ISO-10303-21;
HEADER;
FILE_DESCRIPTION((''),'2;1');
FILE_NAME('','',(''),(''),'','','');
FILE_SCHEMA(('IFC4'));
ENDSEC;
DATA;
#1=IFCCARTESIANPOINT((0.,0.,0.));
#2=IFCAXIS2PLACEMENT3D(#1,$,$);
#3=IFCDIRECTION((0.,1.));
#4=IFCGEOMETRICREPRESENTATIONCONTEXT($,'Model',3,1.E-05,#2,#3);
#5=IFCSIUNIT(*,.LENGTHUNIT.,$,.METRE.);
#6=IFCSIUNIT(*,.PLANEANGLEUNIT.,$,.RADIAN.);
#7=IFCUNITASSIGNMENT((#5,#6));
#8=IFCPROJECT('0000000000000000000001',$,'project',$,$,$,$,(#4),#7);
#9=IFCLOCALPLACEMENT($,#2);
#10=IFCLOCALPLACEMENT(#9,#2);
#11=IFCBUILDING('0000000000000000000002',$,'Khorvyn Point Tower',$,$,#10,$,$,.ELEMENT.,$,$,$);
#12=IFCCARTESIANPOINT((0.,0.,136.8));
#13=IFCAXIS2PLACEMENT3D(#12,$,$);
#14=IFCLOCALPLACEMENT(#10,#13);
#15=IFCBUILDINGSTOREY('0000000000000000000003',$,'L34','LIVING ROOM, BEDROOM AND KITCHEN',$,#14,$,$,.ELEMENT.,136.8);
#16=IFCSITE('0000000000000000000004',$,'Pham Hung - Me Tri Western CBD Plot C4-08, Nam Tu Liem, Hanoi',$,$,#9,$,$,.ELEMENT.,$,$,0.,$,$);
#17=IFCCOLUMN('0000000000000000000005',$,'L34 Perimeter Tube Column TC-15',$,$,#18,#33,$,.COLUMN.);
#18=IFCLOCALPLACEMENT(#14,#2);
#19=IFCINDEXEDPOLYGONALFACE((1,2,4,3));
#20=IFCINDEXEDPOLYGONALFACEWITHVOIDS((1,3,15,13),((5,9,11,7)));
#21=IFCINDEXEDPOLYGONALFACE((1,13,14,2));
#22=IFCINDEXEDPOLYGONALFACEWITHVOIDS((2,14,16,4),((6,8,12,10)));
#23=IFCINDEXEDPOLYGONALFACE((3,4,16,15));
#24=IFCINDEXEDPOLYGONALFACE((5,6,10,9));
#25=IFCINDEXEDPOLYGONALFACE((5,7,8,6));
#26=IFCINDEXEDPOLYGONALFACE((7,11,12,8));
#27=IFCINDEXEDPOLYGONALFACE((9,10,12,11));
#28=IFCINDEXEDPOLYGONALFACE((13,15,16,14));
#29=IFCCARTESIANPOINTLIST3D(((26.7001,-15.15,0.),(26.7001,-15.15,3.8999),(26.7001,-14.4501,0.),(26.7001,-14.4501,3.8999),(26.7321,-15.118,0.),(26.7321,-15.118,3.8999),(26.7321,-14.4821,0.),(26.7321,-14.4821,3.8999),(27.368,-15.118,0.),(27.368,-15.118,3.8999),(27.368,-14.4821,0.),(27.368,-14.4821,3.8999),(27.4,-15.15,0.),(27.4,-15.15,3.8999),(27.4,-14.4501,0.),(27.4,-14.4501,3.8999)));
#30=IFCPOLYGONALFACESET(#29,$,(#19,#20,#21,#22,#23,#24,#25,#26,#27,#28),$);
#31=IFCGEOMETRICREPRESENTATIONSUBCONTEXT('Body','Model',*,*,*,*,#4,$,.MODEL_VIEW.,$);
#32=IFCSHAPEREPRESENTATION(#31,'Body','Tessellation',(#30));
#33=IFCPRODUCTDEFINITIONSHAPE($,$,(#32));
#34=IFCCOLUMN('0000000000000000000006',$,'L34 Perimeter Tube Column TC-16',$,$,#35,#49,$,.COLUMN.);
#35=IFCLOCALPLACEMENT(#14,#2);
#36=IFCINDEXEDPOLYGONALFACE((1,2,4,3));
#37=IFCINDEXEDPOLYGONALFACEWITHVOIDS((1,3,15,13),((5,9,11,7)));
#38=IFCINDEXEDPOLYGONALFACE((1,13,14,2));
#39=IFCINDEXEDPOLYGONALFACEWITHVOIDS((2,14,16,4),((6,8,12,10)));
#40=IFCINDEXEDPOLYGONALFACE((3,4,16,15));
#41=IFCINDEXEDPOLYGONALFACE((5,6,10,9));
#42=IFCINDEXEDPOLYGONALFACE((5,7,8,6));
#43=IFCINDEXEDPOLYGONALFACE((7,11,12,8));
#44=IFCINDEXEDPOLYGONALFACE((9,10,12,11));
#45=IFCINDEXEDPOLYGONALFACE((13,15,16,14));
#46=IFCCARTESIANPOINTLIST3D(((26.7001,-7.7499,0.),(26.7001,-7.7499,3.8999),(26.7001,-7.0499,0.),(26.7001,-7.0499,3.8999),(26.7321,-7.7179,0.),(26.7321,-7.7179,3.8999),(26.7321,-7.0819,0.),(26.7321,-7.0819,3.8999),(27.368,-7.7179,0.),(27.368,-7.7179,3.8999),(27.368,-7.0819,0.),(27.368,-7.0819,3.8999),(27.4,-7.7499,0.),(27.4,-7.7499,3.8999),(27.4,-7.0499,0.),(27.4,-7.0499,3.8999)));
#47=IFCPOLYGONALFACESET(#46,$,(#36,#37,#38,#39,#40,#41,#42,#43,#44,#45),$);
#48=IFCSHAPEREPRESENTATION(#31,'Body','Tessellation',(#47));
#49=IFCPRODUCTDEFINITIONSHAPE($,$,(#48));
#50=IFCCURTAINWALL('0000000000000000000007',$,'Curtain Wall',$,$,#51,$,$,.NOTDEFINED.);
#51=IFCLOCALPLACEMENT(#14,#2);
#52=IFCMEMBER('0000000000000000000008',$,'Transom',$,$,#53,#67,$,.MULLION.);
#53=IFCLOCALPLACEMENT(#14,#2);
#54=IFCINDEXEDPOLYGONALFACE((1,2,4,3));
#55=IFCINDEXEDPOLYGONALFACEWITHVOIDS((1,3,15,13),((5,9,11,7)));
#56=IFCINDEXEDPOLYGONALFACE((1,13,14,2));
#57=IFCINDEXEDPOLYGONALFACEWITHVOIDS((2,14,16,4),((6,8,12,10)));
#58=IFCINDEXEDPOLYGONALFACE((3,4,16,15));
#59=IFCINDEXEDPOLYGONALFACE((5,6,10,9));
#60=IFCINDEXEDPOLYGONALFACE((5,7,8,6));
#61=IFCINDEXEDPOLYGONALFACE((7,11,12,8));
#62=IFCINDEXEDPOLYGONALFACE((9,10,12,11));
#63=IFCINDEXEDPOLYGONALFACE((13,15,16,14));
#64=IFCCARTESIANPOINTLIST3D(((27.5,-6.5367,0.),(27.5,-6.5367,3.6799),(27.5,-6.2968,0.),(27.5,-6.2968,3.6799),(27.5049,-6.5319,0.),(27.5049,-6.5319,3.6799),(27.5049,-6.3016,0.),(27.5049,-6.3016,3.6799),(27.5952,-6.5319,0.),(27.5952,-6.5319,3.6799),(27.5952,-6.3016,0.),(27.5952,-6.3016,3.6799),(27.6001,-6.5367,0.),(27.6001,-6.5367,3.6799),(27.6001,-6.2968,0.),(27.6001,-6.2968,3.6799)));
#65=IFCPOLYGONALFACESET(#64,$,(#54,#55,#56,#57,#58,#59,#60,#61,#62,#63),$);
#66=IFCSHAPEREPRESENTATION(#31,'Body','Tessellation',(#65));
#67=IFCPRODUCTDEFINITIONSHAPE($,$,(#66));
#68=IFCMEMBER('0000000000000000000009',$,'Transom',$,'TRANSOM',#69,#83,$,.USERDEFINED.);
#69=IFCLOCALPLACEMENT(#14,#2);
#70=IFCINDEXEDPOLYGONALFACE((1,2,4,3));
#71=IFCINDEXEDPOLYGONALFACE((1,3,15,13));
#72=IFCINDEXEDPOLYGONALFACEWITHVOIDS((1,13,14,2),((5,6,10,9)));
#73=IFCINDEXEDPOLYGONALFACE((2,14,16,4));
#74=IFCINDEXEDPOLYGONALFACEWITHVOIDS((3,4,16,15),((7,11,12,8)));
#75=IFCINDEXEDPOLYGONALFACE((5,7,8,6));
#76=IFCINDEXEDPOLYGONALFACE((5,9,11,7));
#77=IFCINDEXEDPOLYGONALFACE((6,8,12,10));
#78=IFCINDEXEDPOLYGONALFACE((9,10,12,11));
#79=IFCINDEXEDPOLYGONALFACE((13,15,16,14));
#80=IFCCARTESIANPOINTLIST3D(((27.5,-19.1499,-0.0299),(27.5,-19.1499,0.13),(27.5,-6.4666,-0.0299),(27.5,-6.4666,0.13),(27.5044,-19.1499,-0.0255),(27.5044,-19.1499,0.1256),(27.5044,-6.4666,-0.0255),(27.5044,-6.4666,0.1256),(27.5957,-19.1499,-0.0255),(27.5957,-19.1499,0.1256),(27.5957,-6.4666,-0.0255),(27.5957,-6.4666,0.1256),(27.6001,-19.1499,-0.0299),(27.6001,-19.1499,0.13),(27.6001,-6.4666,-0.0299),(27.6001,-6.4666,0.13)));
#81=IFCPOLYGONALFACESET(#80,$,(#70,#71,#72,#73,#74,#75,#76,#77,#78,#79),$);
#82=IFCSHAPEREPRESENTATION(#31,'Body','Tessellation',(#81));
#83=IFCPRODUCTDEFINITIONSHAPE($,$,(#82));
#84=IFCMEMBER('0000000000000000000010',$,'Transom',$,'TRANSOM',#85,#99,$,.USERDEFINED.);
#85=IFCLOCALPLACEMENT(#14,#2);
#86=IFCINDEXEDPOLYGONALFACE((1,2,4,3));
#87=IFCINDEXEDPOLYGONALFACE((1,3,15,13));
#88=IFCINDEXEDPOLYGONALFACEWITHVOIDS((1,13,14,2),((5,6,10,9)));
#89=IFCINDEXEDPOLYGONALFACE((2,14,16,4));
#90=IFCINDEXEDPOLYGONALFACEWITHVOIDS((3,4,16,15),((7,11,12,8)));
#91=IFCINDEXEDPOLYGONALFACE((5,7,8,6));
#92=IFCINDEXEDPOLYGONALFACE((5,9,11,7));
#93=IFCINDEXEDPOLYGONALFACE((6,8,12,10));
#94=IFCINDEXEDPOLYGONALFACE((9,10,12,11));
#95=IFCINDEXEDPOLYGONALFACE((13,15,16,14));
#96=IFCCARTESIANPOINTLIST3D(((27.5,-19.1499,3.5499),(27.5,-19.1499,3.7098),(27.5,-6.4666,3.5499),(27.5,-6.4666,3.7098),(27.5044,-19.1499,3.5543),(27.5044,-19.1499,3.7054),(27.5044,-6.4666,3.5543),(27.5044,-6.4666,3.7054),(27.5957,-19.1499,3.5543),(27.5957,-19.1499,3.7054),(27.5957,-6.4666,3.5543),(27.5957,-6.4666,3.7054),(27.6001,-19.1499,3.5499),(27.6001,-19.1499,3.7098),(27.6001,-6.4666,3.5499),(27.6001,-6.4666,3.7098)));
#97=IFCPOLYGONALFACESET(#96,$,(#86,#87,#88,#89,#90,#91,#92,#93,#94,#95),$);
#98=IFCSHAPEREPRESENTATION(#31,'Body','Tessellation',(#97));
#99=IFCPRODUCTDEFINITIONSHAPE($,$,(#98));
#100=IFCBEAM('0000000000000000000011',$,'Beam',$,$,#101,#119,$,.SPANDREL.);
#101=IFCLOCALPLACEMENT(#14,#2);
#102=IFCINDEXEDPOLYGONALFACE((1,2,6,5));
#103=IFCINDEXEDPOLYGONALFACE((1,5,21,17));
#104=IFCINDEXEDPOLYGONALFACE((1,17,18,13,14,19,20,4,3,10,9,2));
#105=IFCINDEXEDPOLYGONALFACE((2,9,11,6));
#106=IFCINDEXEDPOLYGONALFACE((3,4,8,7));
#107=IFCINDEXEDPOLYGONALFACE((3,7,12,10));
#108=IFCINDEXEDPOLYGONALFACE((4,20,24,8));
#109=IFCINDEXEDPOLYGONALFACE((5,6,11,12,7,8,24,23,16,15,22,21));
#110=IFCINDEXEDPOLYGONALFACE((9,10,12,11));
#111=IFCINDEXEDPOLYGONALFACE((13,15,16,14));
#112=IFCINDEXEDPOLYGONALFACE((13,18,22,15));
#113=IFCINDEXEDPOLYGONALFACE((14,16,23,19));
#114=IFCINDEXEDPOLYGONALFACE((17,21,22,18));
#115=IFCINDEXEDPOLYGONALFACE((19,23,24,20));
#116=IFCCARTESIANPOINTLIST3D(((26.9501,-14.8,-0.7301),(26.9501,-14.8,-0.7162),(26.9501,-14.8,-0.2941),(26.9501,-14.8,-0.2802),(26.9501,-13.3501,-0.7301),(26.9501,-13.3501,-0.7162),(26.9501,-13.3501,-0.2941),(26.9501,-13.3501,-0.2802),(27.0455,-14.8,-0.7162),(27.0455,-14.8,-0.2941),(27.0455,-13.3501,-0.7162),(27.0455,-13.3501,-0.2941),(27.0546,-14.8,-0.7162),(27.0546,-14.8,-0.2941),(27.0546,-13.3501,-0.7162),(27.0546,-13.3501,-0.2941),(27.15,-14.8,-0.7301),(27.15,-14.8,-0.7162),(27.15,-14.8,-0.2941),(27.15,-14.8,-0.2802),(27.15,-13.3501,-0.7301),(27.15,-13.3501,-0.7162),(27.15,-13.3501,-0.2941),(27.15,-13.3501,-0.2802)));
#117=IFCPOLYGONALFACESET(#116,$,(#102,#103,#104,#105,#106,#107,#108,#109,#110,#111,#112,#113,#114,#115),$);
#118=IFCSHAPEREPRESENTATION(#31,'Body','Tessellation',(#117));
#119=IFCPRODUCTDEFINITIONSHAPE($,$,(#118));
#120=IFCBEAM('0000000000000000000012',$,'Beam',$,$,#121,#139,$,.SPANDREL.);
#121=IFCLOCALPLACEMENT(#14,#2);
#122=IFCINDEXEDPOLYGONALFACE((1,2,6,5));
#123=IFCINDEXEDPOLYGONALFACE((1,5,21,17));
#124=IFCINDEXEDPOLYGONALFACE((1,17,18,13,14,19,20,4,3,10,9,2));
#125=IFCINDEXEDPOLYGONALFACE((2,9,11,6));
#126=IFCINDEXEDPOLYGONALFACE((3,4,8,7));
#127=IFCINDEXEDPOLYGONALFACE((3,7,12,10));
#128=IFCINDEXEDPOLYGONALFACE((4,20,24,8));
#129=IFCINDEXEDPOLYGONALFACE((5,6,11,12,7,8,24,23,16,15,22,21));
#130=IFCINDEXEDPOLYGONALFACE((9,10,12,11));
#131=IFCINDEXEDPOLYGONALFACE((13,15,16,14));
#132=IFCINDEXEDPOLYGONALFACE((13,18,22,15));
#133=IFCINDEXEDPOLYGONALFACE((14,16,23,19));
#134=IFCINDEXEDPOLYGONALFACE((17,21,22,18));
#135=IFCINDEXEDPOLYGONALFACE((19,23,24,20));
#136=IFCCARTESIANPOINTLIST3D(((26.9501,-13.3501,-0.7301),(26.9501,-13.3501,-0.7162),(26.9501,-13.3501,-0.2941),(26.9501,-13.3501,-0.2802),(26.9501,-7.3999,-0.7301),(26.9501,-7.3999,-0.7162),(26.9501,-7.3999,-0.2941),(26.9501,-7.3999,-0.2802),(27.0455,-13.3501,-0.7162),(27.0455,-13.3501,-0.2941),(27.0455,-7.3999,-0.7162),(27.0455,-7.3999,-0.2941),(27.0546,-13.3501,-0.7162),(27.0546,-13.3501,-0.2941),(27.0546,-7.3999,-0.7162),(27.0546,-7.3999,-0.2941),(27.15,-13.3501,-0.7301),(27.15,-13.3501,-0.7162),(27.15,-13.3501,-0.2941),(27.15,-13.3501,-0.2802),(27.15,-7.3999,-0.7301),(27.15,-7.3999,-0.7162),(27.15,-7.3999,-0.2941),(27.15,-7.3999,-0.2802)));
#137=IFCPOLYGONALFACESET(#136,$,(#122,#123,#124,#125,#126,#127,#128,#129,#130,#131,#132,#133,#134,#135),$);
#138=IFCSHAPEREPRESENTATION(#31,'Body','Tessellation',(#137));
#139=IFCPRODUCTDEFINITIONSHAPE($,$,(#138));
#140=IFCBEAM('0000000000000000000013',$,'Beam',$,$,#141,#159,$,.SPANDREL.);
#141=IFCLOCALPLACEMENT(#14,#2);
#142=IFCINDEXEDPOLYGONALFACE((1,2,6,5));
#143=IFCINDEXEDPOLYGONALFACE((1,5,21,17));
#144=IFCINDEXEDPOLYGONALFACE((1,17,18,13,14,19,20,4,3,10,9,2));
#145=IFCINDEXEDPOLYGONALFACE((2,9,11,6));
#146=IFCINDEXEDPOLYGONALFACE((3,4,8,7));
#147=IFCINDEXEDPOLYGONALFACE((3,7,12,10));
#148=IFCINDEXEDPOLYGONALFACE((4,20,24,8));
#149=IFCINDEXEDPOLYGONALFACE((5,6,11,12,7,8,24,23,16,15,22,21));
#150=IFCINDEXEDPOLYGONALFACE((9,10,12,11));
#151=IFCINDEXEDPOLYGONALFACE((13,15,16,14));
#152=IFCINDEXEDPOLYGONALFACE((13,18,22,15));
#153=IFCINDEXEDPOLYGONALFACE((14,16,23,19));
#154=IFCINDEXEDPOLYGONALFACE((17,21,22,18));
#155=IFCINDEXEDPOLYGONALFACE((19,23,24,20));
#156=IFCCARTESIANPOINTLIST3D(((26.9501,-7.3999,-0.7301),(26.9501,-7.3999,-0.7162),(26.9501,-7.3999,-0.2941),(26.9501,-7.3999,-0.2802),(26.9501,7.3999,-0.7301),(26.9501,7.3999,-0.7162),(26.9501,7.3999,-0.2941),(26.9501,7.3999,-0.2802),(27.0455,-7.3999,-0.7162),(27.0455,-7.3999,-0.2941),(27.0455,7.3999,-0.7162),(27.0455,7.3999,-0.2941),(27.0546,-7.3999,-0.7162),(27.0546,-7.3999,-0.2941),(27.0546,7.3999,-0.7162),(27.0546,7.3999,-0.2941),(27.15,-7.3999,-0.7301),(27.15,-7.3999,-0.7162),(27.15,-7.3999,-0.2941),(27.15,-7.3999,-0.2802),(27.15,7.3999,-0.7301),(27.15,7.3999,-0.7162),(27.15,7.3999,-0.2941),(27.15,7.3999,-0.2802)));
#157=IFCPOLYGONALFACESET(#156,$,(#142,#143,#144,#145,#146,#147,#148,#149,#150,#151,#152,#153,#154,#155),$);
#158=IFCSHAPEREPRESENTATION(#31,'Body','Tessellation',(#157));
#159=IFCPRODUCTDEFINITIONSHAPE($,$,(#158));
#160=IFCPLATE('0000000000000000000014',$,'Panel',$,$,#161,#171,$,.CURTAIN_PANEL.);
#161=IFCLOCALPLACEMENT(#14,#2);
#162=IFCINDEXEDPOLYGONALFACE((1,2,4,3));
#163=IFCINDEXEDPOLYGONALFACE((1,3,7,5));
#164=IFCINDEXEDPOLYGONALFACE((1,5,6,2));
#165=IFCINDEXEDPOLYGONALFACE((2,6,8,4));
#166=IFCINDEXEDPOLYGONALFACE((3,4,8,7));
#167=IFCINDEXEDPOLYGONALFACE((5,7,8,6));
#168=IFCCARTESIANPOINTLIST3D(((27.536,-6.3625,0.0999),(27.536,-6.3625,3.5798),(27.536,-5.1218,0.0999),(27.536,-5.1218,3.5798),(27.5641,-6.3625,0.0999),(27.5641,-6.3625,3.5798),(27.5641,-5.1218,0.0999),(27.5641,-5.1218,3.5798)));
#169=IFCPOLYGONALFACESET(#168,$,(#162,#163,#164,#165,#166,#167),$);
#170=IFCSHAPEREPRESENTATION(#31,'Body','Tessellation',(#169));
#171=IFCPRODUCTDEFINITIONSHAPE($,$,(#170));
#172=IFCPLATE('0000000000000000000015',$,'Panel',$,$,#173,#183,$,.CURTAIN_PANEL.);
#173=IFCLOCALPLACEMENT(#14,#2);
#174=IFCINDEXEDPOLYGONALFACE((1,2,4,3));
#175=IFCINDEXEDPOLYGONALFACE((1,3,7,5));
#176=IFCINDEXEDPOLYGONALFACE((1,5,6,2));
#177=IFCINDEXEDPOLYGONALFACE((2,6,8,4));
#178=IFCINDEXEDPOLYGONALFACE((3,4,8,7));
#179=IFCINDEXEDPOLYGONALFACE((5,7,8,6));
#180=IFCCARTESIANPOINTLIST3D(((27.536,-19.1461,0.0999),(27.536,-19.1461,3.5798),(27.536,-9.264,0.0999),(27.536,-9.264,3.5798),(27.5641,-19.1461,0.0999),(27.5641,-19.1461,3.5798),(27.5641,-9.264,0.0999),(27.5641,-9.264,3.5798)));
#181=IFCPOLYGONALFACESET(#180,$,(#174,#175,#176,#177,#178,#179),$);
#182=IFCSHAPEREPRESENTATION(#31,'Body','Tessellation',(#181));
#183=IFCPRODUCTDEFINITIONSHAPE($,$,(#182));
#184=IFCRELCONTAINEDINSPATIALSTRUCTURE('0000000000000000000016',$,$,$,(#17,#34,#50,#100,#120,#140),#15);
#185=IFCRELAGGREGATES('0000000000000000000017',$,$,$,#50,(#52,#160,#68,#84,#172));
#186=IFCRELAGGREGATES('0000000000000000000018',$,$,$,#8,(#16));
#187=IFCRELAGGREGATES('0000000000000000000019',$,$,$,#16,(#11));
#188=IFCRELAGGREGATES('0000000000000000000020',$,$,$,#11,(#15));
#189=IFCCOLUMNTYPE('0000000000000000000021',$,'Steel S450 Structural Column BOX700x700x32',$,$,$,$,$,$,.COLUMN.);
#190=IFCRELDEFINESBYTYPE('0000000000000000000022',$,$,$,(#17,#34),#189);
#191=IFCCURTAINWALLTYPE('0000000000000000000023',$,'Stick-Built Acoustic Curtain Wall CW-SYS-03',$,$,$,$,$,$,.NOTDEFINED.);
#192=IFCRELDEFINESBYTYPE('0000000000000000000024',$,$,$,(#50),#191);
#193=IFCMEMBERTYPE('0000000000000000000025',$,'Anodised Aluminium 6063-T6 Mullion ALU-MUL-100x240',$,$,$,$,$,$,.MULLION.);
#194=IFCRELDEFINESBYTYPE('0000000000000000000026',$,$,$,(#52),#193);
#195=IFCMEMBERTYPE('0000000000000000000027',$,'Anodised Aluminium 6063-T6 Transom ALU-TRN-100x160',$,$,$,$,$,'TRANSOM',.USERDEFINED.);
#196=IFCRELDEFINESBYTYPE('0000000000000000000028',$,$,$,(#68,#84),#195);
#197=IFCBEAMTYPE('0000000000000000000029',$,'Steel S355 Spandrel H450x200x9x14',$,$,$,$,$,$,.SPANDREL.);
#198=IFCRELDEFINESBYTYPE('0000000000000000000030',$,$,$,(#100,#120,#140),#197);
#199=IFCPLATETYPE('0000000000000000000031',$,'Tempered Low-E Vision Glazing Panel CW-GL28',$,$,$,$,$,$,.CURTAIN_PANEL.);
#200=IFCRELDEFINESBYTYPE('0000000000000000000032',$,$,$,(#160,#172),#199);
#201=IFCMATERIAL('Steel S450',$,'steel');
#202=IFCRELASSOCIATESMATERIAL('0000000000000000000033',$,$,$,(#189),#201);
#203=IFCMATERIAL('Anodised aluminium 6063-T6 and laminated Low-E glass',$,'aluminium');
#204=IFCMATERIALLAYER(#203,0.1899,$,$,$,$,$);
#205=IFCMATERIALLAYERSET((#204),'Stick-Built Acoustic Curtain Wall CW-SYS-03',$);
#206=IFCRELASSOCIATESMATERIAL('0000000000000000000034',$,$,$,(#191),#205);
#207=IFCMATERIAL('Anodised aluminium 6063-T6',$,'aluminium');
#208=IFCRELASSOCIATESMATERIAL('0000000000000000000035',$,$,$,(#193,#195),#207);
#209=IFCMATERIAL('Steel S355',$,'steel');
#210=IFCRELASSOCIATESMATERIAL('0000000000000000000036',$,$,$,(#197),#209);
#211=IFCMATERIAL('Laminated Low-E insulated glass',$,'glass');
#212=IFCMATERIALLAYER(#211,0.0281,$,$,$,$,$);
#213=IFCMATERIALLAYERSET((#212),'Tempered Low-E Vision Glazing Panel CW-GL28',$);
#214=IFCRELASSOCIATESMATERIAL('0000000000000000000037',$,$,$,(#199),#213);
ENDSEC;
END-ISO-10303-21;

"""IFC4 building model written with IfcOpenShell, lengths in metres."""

from ifc_helpers import new_model, si_unit, direction, frame, origin, origin_2d, place, context, subcontext, project, spatial, rectangle, hollow_rectangle, i_section, extrude, material, layer, layer_set, material_profile, profile_set, type_object, element, aggregate, save


model = new_model("IFC4")

# Units and contexts
model_context = context("Model", 3, precision=1e-05, world=origin(), true_north=direction((0.0, 1.0)))
body_context = subcontext(model_context, "Body", "Model", "MODEL_VIEW")
ifc_project = project(units=[si_unit("LENGTHUNIT", "METRE"), si_unit("PLANEANGLEUNIT", "RADIAN")], contexts=[model_context])

# Site, building, storey
site_placement = place(None, origin())
site = spatial("IfcSite", under=ifc_project, at=site_placement, Name="Pham Hung - Me Tri Western CBD Plot C4-08, Nam Tu Liem, Hanoi", CompositionType="ELEMENT", RefElevation=0.0)
building_placement = place(site_placement, origin())
building = spatial("IfcBuilding", under=site, at=building_placement, Name="Khorvyn Point Tower", CompositionType="ELEMENT")
storey_placement = place(building_placement, frame((0.0, 0.0, 136.8)))
storey = spatial("IfcBuildingStorey", under=building, at=storey_placement, Name="L34", Description="LIVING ROOM, BEDROOM AND KITCHEN", CompositionType="ELEMENT", Elevation=136.8)

# Columns
ifc_material_1 = material(Name="Steel S450", Category="steel")
ifc_material_profile_1 = material_profile(ifc_material_1, hollow_rectangle(XDim=0.7, YDim=0.7, WallThickness=0.032, at=origin_2d()))
ifc_profile_set_1 = profile_set([ifc_material_profile_1], Name="Steel S450 BOX700x700x32")
column_type = type_object("IfcColumnType", Name="Steel S450 Structural Column BOX700x700x32", PredefinedType="COLUMN", material=ifc_profile_set_1)
for number, where, z_axis, x_axis, name in (
    (1, (27.05, -14.8, 0.0), (0.0, 0.0, 1.0), (1.0, 0.0, 0.0), "L34 Perimeter Tube Column TC-15"),
    (2, (27.05, -7.3999, 0.0), (0.0, 0.0, 1.0), (1.0, 0.0, 0.0), "L34 Perimeter Tube Column TC-16"),
):
    element("IfcColumn", number, at=place(storey_placement, frame(where, z_axis=z_axis, x_axis=x_axis)), inside=storey, type_object=column_type, Name=name, PredefinedType="COLUMN", context=body_context, shape_type="SweptSolid", body=[
        extrude(hollow_rectangle(XDim=0.7, YDim=0.7, WallThickness=0.032, at=origin_2d()), origin(), (0.0, 0.0, 1.0), 3.8999),
    ])

# Curtain wall, members
ifc_material_2 = material(Name="Anodised aluminium 6063-T6 and laminated Low-E glass", Category="aluminium")
ifc_layer_1 = layer(ifc_material_2, 0.1899)
ifc_layer_set_1 = layer_set([ifc_layer_1], Name="Stick-Built Acoustic Curtain Wall CW-SYS-03")
curtain_wall_type = type_object("IfcCurtainWallType", Name="Stick-Built Acoustic Curtain Wall CW-SYS-03", PredefinedType="NOTDEFINED", material=ifc_layer_set_1)
curtain_wall_placement = place(storey_placement, origin())
curtain_wall = element("IfcCurtainWall", 3, at=curtain_wall_placement, inside=storey, type_object=curtain_wall_type, Name="Curtain Wall", PredefinedType="NOTDEFINED")
ifc_material_3 = material(Name="Anodised aluminium 6063-T6", Category="aluminium")
ifc_material_profile_2 = material_profile(ifc_material_3, hollow_rectangle(XDim=0.1001, YDim=0.24, WallThickness=0.0049, at=origin_2d()))
ifc_profile_set_2 = profile_set([ifc_material_profile_2], Name="Anodised aluminium 6063-T6 ALU-MUL-100x240")
member_type_1 = type_object("IfcMemberType", Name="Anodised Aluminium 6063-T6 Mullion ALU-MUL-100x240", PredefinedType="MULLION", material=ifc_profile_set_2)
member_1_placement = place(storey_placement, frame((27.55, -6.4167, 0.0), z_axis=(0.0, 0.0, 1.0), x_axis=(1.0, 0.0, 0.0)))
member_1 = element("IfcMember", 4, at=member_1_placement, type_object=member_type_1, Name="Transom", PredefinedType="MULLION", context=body_context, shape_type="SweptSolid", body=[
    extrude(hollow_rectangle(XDim=0.1001, YDim=0.24, WallThickness=0.0049, at=origin_2d()), origin(), (0.0, 0.0, 1.0), 3.6799),
])
ifc_material_profile_3 = material_profile(ifc_material_3, hollow_rectangle(XDim=0.1001, YDim=0.1599, WallThickness=0.0044, at=origin_2d()))
ifc_profile_set_3 = profile_set([ifc_material_profile_3], Name="Anodised aluminium 6063-T6 ALU-TRN-100x160")
member_type_2 = type_object("IfcMemberType", Name="Anodised Aluminium 6063-T6 Transom ALU-TRN-100x160", ElementType="TRANSOM", PredefinedType="USERDEFINED", material=ifc_profile_set_3)
member_2_placement = place(storey_placement, frame((27.55, -6.4666, 0.05), z_axis=(0.0, -1.0, 0.0), x_axis=(1.0, 0.0, 0.0)))
member_2 = element("IfcMember", 5, at=member_2_placement, type_object=member_type_2, Name="Transom", ObjectType="TRANSOM", PredefinedType="USERDEFINED", context=body_context, shape_type="SweptSolid", body=[
    extrude(hollow_rectangle(XDim=0.1001, YDim=0.1599, WallThickness=0.0044, at=origin_2d()), origin(), (0.0, 0.0, 1.0), 12.6833),
])
member_3_placement = place(storey_placement, frame((27.55, -6.4666, 3.6299), z_axis=(0.0, -1.0, 0.0), x_axis=(1.0, 0.0, 0.0)))
member_3 = element("IfcMember", 6, at=member_3_placement, type_object=member_type_2, Name="Transom", ObjectType="TRANSOM", PredefinedType="USERDEFINED", context=body_context, shape_type="SweptSolid", body=[
    extrude(hollow_rectangle(XDim=0.1001, YDim=0.1599, WallThickness=0.0044, at=origin_2d()), origin(), (0.0, 0.0, 1.0), 12.6833),
])

# Beams
ifc_material_4 = material(Name="Steel S355", Category="steel")
ifc_material_profile_4 = material_profile(ifc_material_4, i_section(OverallWidth=0.2, OverallDepth=0.45, WebThickness=0.009, FlangeThickness=0.0139, at=origin_2d()))
ifc_profile_set_4 = profile_set([ifc_material_profile_4], Name="Steel S355 H450x200x9x14")
beam_type = type_object("IfcBeamType", Name="Steel S355 Spandrel H450x200x9x14", PredefinedType="SPANDREL", material=ifc_profile_set_4)
beam_1_placement = place(storey_placement, frame((27.05, -14.8, -0.5051), z_axis=(0.0, 1.0, 0.0), x_axis=(-1.0, 0.0, 0.0)))
element("IfcBeam", 7, at=beam_1_placement, inside=storey, type_object=beam_type, Name="Beam", PredefinedType="SPANDREL", context=body_context, shape_type="SweptSolid", body=[
    extrude(i_section(OverallWidth=0.2, OverallDepth=0.45, WebThickness=0.009, FlangeThickness=0.0139, at=origin_2d()), origin(), (0.0, 0.0, 1.0), 1.45),
])
beam_2_placement = place(storey_placement, frame((27.05, -13.3501, -0.5051), z_axis=(0.0, 1.0, 0.0), x_axis=(-1.0, 0.0, 0.0)))
element("IfcBeam", 8, at=beam_2_placement, inside=storey, type_object=beam_type, Name="Beam", PredefinedType="SPANDREL", context=body_context, shape_type="SweptSolid", body=[
    extrude(i_section(OverallWidth=0.2, OverallDepth=0.45, WebThickness=0.009, FlangeThickness=0.0139, at=origin_2d()), origin(), (0.0, 0.0, 1.0), 5.9502),
])
beam_3_placement = place(storey_placement, frame((27.05, -7.3999, -0.5051), z_axis=(0.0, 1.0, 0.0), x_axis=(-1.0, 0.0, 0.0)))
element("IfcBeam", 9, at=beam_3_placement, inside=storey, type_object=beam_type, Name="Beam", PredefinedType="SPANDREL", context=body_context, shape_type="SweptSolid", body=[
    extrude(i_section(OverallWidth=0.2, OverallDepth=0.45, WebThickness=0.009, FlangeThickness=0.0139, at=origin_2d()), origin(), (0.0, 0.0, 1.0), 14.7998),
])

# Plates
ifc_material_5 = material(Name="Laminated Low-E insulated glass", Category="glass")
ifc_layer_2 = layer(ifc_material_5, 0.0281)
ifc_layer_set_2 = layer_set([ifc_layer_2], Name="Tempered Low-E Vision Glazing Panel CW-GL28")
plate_type = type_object("IfcPlateType", Name="Tempered Low-E Vision Glazing Panel CW-GL28", PredefinedType="CURTAIN_PANEL", material=ifc_layer_set_2)
plate_1_placement = place(storey_placement, frame((27.55, -5.7422, 0.0999), z_axis=(0.0, 0.0, 1.0), x_axis=(0.0, -1.0, 0.0)))
plate_1 = element("IfcPlate", 10, at=plate_1_placement, type_object=plate_type, Name="Panel", PredefinedType="CURTAIN_PANEL", context=body_context, shape_type="SweptSolid", body=[
    extrude(rectangle(XDim=1.2407, YDim=0.0281, at=origin_2d()), origin(), (0.0, 0.0, 1.0), 3.48),
])
plate_2_placement = place(storey_placement, frame((27.55, -14.2051, 0.0999), z_axis=(0.0, 0.0, 1.0), x_axis=(0.0, -1.0, 0.0)))
plate_2 = element("IfcPlate", 11, at=plate_2_placement, type_object=plate_type, Name="Panel", PredefinedType="CURTAIN_PANEL", context=body_context, shape_type="SweptSolid", body=[
    extrude(rectangle(XDim=9.8821, YDim=0.0281, at=origin_2d()), origin(), (0.0, 0.0, 1.0), 3.48),
])
aggregate(curtain_wall, [member_1, plate_1, member_2, member_3, plate_2])

save(model, "model.ifc")
